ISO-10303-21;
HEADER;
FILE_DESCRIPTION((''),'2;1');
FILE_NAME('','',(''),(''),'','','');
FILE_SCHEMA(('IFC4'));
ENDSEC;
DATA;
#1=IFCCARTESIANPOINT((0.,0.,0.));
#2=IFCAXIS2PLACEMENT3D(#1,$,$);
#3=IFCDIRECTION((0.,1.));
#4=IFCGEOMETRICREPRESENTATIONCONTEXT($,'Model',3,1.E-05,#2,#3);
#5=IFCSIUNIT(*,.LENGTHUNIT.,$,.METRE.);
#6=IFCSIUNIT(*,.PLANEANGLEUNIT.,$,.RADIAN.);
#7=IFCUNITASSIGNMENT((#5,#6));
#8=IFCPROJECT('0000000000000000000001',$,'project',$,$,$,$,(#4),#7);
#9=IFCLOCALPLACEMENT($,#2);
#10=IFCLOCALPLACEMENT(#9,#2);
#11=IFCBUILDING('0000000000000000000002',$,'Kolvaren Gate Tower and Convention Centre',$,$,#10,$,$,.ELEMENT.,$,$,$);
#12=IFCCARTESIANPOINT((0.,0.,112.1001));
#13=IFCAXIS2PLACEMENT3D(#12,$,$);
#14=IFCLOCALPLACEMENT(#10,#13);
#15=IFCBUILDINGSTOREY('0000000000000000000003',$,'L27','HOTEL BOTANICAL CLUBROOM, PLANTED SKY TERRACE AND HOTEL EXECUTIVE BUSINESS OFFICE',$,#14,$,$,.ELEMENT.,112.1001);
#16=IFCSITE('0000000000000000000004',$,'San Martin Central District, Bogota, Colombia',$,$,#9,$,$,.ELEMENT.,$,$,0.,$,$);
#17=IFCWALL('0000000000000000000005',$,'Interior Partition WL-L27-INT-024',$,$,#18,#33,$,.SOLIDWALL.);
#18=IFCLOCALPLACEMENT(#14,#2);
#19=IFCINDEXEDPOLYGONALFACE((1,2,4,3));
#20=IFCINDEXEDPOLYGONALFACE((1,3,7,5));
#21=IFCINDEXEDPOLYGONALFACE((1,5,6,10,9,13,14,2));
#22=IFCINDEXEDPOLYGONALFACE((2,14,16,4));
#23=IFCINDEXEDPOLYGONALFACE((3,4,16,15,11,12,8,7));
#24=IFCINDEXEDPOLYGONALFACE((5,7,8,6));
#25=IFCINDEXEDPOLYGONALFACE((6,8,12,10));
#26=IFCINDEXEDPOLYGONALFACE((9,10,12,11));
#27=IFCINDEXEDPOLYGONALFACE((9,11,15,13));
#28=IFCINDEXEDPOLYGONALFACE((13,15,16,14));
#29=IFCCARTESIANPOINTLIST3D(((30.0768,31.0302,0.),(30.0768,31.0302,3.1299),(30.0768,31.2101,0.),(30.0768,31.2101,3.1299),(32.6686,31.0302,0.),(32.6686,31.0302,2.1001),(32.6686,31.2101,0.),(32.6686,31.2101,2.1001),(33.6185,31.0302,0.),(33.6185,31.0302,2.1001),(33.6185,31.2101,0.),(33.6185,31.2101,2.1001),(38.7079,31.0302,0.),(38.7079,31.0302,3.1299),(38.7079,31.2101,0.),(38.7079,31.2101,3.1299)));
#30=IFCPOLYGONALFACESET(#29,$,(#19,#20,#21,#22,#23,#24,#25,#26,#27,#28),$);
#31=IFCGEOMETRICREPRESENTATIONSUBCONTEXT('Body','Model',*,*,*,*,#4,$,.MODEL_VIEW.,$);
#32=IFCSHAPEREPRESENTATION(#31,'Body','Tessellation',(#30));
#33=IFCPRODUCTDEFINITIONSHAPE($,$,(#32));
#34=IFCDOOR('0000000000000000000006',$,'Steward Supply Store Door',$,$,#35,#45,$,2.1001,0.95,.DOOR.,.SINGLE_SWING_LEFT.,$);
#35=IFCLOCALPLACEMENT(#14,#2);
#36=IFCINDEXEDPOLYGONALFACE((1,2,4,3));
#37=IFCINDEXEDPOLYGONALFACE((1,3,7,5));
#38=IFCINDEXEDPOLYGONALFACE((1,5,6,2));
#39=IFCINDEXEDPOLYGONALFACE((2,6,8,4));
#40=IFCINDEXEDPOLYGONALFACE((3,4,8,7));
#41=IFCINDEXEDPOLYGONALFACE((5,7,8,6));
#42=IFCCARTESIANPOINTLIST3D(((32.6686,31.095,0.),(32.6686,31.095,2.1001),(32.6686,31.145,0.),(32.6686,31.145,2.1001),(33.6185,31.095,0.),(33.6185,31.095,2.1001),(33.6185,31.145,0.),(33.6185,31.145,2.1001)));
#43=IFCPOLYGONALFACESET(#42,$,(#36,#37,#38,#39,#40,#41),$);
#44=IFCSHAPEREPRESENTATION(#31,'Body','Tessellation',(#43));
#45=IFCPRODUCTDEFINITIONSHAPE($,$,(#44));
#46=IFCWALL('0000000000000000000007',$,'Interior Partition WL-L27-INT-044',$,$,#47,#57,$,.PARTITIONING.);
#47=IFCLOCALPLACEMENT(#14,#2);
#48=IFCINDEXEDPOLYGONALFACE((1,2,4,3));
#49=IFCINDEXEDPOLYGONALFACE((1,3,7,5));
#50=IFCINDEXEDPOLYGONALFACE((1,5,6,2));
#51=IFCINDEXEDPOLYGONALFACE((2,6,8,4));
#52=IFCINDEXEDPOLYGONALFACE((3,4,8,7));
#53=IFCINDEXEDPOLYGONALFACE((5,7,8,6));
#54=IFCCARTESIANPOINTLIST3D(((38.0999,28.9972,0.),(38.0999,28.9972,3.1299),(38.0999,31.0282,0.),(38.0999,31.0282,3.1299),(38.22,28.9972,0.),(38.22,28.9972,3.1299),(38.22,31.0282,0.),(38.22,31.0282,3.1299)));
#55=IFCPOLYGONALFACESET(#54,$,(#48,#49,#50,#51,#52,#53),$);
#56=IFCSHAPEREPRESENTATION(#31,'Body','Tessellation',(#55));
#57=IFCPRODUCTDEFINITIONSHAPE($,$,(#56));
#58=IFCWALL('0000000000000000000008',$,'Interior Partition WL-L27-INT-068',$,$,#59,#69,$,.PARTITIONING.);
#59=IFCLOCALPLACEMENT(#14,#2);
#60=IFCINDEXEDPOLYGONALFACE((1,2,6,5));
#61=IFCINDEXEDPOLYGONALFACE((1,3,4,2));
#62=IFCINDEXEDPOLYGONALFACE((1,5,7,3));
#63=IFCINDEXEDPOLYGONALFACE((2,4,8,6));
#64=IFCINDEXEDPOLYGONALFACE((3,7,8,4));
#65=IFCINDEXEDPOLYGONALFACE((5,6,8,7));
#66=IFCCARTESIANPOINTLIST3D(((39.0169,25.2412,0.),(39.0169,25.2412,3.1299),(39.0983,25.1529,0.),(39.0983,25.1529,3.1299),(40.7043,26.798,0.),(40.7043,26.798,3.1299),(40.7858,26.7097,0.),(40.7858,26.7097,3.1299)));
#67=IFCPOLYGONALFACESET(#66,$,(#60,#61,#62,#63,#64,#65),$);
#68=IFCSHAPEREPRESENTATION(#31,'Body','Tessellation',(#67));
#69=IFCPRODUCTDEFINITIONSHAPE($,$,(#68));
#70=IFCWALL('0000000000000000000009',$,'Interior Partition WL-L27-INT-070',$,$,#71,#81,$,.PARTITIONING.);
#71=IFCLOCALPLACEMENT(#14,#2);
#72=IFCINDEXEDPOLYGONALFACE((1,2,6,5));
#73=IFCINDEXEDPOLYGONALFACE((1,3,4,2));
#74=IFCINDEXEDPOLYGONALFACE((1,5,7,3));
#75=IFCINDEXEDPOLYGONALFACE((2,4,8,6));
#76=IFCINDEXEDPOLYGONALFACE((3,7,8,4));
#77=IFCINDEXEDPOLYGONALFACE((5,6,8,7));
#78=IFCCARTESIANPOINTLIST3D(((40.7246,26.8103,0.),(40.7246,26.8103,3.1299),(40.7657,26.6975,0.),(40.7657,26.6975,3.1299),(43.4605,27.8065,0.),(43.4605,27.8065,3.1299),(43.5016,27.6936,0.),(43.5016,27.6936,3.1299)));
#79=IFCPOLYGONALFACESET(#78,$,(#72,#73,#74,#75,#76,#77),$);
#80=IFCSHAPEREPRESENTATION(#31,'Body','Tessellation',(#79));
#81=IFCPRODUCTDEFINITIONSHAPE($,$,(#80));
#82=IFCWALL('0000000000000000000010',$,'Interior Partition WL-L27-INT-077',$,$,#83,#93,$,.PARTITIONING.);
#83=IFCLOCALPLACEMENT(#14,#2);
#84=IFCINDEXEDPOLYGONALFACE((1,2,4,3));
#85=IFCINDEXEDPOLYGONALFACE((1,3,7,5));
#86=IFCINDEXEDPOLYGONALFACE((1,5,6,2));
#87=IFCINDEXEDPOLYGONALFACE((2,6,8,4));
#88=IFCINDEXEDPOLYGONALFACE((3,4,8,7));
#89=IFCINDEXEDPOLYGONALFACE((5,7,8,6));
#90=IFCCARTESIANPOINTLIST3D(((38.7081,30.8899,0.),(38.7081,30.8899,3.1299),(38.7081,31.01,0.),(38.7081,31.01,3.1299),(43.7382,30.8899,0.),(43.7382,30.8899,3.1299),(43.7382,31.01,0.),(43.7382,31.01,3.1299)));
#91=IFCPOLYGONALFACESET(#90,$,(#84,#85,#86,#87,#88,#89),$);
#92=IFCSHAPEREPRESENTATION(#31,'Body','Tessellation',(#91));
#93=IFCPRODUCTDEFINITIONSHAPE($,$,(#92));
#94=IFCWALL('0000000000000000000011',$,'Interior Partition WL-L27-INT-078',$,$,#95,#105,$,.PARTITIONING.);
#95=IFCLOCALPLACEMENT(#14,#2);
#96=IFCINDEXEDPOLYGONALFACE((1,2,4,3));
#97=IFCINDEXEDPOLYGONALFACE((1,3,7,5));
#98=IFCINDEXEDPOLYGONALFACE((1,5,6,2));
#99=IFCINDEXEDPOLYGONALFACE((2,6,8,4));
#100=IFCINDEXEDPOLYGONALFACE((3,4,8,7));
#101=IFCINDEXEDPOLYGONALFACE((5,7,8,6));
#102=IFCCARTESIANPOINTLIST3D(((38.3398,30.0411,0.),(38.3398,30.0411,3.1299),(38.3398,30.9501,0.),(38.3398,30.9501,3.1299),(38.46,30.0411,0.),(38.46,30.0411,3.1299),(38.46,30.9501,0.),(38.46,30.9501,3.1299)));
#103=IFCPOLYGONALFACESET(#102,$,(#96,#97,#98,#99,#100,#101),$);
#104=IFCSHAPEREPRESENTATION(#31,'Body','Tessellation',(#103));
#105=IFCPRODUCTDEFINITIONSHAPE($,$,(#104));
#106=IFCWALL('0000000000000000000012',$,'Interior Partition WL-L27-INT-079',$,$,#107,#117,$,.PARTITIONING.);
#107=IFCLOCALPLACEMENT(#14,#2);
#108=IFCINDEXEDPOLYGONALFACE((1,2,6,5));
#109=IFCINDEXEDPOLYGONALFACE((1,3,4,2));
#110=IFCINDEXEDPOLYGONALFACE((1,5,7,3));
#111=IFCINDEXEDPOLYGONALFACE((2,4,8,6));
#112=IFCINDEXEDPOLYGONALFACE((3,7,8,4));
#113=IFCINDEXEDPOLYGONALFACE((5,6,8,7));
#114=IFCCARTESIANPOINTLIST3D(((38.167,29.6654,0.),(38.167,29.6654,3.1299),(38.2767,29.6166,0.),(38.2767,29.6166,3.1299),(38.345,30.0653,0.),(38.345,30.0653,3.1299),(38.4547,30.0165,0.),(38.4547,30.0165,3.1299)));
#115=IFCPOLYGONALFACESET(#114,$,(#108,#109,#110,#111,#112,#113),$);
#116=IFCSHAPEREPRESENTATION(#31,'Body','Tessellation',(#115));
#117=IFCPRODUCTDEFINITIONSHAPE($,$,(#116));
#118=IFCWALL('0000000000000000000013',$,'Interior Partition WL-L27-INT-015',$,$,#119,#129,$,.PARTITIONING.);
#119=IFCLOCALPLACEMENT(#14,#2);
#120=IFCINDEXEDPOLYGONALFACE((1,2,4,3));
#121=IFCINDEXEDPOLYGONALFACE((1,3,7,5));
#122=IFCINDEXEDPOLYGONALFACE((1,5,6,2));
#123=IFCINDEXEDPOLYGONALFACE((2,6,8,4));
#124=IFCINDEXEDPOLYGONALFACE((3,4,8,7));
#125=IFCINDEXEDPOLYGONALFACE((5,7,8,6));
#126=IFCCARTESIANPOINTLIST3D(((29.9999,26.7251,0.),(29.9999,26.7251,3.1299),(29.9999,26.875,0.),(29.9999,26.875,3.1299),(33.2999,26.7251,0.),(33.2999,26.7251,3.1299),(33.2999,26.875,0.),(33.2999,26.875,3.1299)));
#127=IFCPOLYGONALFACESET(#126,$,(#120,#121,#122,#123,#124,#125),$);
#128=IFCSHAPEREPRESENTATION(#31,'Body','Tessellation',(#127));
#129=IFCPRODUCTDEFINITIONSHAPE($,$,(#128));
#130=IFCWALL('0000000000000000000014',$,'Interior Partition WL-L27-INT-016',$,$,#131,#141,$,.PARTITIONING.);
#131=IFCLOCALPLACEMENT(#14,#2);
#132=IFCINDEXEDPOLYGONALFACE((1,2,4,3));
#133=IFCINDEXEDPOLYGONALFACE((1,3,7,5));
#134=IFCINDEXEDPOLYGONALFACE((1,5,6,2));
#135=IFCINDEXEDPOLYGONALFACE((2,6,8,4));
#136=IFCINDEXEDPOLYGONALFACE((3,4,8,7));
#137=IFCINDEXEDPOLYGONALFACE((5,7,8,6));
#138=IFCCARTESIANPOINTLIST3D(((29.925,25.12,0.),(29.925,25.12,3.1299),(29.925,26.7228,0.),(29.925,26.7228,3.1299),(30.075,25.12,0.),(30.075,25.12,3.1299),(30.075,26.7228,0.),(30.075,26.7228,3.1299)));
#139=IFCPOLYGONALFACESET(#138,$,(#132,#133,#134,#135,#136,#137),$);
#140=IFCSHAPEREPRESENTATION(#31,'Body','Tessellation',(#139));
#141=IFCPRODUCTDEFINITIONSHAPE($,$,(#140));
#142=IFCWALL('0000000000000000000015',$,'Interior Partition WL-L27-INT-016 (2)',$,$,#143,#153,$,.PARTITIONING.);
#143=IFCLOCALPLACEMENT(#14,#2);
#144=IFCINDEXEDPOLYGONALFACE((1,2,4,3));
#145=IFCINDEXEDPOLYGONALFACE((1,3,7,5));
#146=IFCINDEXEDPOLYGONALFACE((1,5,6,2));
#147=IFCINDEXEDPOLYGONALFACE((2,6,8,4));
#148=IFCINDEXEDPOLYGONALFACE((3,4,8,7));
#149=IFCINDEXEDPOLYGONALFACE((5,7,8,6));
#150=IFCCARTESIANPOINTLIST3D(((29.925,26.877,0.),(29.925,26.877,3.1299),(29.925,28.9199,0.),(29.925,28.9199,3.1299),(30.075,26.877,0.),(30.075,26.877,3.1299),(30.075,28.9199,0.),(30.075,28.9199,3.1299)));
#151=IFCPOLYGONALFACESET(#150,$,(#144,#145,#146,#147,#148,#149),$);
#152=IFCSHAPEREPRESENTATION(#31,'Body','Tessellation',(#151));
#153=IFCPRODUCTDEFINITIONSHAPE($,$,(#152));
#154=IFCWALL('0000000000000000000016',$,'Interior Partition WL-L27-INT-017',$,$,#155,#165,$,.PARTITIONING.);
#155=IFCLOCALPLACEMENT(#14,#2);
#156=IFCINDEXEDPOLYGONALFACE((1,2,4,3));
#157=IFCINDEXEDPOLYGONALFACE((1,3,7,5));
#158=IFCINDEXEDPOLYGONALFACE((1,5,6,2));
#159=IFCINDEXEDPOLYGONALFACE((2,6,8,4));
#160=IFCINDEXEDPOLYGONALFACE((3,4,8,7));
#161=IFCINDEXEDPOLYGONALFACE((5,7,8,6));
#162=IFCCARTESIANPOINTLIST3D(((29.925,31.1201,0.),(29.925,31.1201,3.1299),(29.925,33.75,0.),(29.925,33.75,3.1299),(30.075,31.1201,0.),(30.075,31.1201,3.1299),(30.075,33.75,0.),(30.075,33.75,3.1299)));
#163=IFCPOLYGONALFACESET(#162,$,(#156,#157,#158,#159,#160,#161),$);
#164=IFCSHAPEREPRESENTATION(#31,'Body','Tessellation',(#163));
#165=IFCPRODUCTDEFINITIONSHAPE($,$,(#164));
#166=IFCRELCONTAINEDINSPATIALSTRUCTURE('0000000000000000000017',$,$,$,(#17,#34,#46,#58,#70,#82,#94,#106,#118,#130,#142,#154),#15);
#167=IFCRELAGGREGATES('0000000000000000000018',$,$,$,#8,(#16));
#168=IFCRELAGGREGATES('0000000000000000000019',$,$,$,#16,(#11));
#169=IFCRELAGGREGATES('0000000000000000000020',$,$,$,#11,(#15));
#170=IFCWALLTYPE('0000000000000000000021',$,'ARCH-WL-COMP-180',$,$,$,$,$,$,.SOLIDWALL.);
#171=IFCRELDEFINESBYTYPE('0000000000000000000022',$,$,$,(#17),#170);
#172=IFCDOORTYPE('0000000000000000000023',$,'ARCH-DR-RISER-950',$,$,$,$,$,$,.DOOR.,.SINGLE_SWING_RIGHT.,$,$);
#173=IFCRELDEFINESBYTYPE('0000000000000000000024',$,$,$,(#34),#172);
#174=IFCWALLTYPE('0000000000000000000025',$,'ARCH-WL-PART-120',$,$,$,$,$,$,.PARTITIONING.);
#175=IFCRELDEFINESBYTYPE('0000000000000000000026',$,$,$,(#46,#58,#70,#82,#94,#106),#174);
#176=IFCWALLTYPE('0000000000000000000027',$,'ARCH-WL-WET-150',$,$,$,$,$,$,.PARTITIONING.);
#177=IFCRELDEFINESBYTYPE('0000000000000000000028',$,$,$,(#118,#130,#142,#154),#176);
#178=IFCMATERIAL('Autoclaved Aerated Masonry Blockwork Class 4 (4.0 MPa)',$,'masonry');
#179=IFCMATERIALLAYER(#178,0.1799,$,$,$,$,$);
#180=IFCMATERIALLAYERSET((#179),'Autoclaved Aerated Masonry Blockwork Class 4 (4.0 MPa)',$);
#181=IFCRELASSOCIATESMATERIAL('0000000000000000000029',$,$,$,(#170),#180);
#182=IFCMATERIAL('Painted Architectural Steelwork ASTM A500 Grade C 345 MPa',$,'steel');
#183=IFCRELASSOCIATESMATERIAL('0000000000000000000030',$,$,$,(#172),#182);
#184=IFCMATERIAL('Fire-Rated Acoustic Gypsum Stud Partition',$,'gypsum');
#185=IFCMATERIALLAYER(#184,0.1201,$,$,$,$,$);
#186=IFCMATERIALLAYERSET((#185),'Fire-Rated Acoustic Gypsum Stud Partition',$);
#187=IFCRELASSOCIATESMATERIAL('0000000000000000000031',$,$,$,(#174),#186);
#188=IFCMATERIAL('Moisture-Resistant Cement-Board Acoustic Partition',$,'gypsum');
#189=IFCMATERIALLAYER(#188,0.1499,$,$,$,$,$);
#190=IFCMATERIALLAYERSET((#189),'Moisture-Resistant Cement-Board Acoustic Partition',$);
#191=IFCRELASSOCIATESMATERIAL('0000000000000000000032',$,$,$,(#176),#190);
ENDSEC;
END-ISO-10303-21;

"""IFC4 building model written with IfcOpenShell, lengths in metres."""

from ifc_helpers import new_model, si_unit, direction, frame, frame_2d, origin, place, context, subcontext, project, spatial, rectangle, extrude, material, layer, layer_set, type_object, element, fill, save


model = new_model("IFC4")

# Units and contexts
model_context = context("Model", 3, precision=1e-05, world=origin(), true_north=direction((0.0, 1.0)))
body_context = subcontext(model_context, "Body", "Model", "MODEL_VIEW")
ifc_project = project(units=[si_unit("LENGTHUNIT", "METRE"), si_unit("PLANEANGLEUNIT", "RADIAN")], contexts=[model_context])

# Site, building, storey
site_placement = place(None, origin())
site = spatial("IfcSite", under=ifc_project, at=site_placement, Name="San Martin Central District, Bogota, Colombia", CompositionType="ELEMENT", RefElevation=0.0)
building_placement = place(site_placement, origin())
building = spatial("IfcBuilding", under=site, at=building_placement, Name="Kolvaren Gate Tower and Convention Centre", CompositionType="ELEMENT")
storey_placement = place(building_placement, frame((0.0, 0.0, 112.1001)))
storey = spatial("IfcBuildingStorey", under=building, at=storey_placement, Name="L27", Description="HOTEL BOTANICAL CLUBROOM, PLANTED SKY TERRACE AND HOTEL EXECUTIVE BUSINESS OFFICE", CompositionType="ELEMENT", Elevation=112.1001)

# Wall, opening, door
ifc_material_1 = material(Name="Autoclaved Aerated Masonry Blockwork Class 4 (4.0 MPa)", Category="masonry")
ifc_layer_1 = layer(ifc_material_1, 0.1799)
ifc_layer_set_1 = layer_set([ifc_layer_1], Name="Autoclaved Aerated Masonry Blockwork Class 4 (4.0 MPa)")
wall_type_1 = type_object("IfcWallType", Name="ARCH-WL-COMP-180", PredefinedType="SOLIDWALL", material=ifc_layer_set_1)
wall_1_placement = place(storey_placement, frame((30.0769, 31.1201, 0.0), z_axis=(0.0, 0.0, 1.0), x_axis=(1.0, 0.0, 0.0)))
wall_1 = element("IfcWall", 1, at=wall_1_placement, inside=storey, type_object=wall_type_1, Name="Interior Partition WL-L27-INT-024", PredefinedType="SOLIDWALL", context=body_context, shape_type="SweptSolid", body=[
    extrude(rectangle(XDim=8.6311, YDim=0.1799, at=frame_2d((4.3154, 0.0))), origin(), (0.0, 0.0, 1.0), 3.1299),
])
opening_1_placement = place(wall_1_placement, frame((2.5916, 0.0, 0.0)))
opening_1 = element("IfcOpeningElement", 2, at=opening_1_placement, cuts=wall_1, PredefinedType="OPENING", context=body_context, shape_type="SweptSolid", body=[
    extrude(rectangle(XDim=0.95, YDim=2.1001, at=frame_2d((0.4751, 1.05))), frame((0.0, 0.0999, 0.0), z_axis=(0.0, -1.0, 0.0), x_axis=(1.0, 0.0, 0.0)), (0.0, 0.0, 1.0), 0.2),
])
ifc_material_2 = material(Name="Painted Architectural Steelwork ASTM A500 Grade C 345 MPa", Category="steel")
door_type = type_object("IfcDoorType", Name="ARCH-DR-RISER-950", OperationType="SINGLE_SWING_RIGHT", PredefinedType="DOOR", material=ifc_material_2)
door_1_placement = place(opening_1_placement, origin())
door_1 = element("IfcDoor", 3, at=door_1_placement, inside=storey, type_object=door_type, Name="Steward Supply Store Door", OperationType="SINGLE_SWING_LEFT", OverallHeight=2.1001, OverallWidth=0.95, PredefinedType="DOOR", context=body_context, shape_type="SweptSolid", body=[
    extrude(rectangle(XDim=0.95, YDim=2.1001, at=frame_2d((0.4751, 1.05))), frame((0.0, 0.0249, 0.0), z_axis=(0.0, -1.0, 0.0), x_axis=(1.0, 0.0, 0.0)), (0.0, 0.0, 1.0), 0.05),
])
fill(opening_1, door_1)

# Walls
ifc_material_3 = material(Name="Fire-Rated Acoustic Gypsum Stud Partition", Category="gypsum")
ifc_layer_2 = layer(ifc_material_3, 0.1201)
ifc_layer_set_2 = layer_set([ifc_layer_2], Name="Fire-Rated Acoustic Gypsum Stud Partition")
wall_type_2 = type_object("IfcWallType", Name="ARCH-WL-PART-120", PredefinedType="PARTITIONING", material=ifc_layer_set_2)
wall_2_placement = place(storey_placement, frame((38.1599, 28.9971, 0.0), z_axis=(0.0, 0.0, 1.0), x_axis=(0.0, 1.0, 0.0)))
element("IfcWall", 4, at=wall_2_placement, inside=storey, type_object=wall_type_2, Name="Interior Partition WL-L27-INT-044", PredefinedType="PARTITIONING", context=body_context, shape_type="SweptSolid", body=[
    extrude(rectangle(XDim=2.031, YDim=0.1201, at=frame_2d((1.0156, 0.0))), origin(), (0.0, 0.0, 1.0), 3.1299),
])
wall_3_placement = place(storey_placement, frame((39.0576, 25.197, 0.0), z_axis=(0.0, 0.0, 1.0), x_axis=(0.734979, 0.67809, 0.0)))
element("IfcWall", 5, at=wall_3_placement, inside=storey, type_object=wall_type_2, Name="Interior Partition WL-L27-INT-068", PredefinedType="PARTITIONING", context=body_context, shape_type="SweptSolid", body=[
    extrude(rectangle(XDim=2.2959, YDim=0.1201, at=frame_2d((1.1479, 0.0))), origin(), (0.0, 0.0, 1.0), 3.1299),
])
wall_4_placement = place(storey_placement, frame((40.7451, 26.7539, 0.0), z_axis=(0.0, 0.0, 1.0), x_axis=(0.939656, 0.34212, 0.0)))
element("IfcWall", 6, at=wall_4_placement, inside=storey, type_object=wall_type_2, Name="Interior Partition WL-L27-INT-070", PredefinedType="PARTITIONING", context=body_context, shape_type="SweptSolid", body=[
    extrude(rectangle(XDim=2.9116, YDim=0.1201, at=frame_2d((1.4558, 0.0))), origin(), (0.0, 0.0, 1.0), 3.1299),
])
wall_5_placement = place(storey_placement, frame((38.708, 30.95, 0.0), z_axis=(0.0, 0.0, 1.0), x_axis=(1.0, 0.0, 0.0)))
element("IfcWall", 7, at=wall_5_placement, inside=storey, type_object=wall_type_2, Name="Interior Partition WL-L27-INT-077", PredefinedType="PARTITIONING", context=body_context, shape_type="SweptSolid", body=[
    extrude(rectangle(XDim=5.03, YDim=0.1201, at=frame_2d((2.5151, 0.0))), origin(), (0.0, 0.0, 1.0), 3.1299),
])
wall_6_placement = place(storey_placement, frame((38.3999, 30.041, 0.0), z_axis=(0.0, 0.0, 1.0), x_axis=(0.0, 1.0, 0.0)))
element("IfcWall", 8, at=wall_6_placement, inside=storey, type_object=wall_type_2, Name="Interior Partition WL-L27-INT-078", PredefinedType="PARTITIONING", context=body_context, shape_type="SweptSolid", body=[
    extrude(rectangle(XDim=0.9089, YDim=0.1201, at=frame_2d((0.4546, 0.0))), origin(), (0.0, 0.0, 1.0), 3.1299),
])
wall_7_placement = place(storey_placement, frame((38.2219, 29.6411, 0.0), z_axis=(0.0, 0.0, 1.0), x_axis=(0.406604, 0.913604, 0.0)))
element("IfcWall", 9, at=wall_7_placement, inside=storey, type_object=wall_type_2, Name="Interior Partition WL-L27-INT-079", PredefinedType="PARTITIONING", context=body_context, shape_type="SweptSolid", body=[
    extrude(rectangle(XDim=0.4377, YDim=0.1201, at=frame_2d((0.2188, 0.0))), origin(), (0.0, 0.0, 1.0), 3.1299),
])
ifc_material_4 = material(Name="Moisture-Resistant Cement-Board Acoustic Partition", Category="gypsum")
ifc_layer_3 = layer(ifc_material_4, 0.1499)
ifc_layer_set_3 = layer_set([ifc_layer_3], Name="Moisture-Resistant Cement-Board Acoustic Partition")
wall_type_3 = type_object("IfcWallType", Name="ARCH-WL-WET-150", PredefinedType="PARTITIONING", material=ifc_layer_set_3)
wall_8_placement = place(storey_placement, frame((30.0, 26.8, 0.0), z_axis=(0.0, 0.0, 1.0), x_axis=(1.0, 0.0, 0.0)))
element("IfcWall", 10, at=wall_8_placement, inside=storey, type_object=wall_type_3, Name="Interior Partition WL-L27-INT-015", PredefinedType="PARTITIONING", context=body_context, shape_type="SweptSolid", body=[
    extrude(rectangle(XDim=3.3, YDim=0.1499, at=frame_2d((1.6499, 0.0))), origin(), (0.0, 0.0, 1.0), 3.1299),
])
wall_9_placement = place(storey_placement, frame((30.0, 25.1201, 0.0), z_axis=(0.0, 0.0, 1.0), x_axis=(0.0, 1.0, 0.0)))
element("IfcWall", 11, at=wall_9_placement, inside=storey, type_object=wall_type_3, Name="Interior Partition WL-L27-INT-016", PredefinedType="PARTITIONING", context=body_context, shape_type="SweptSolid", body=[
    extrude(rectangle(XDim=1.6028, YDim=0.1499, at=frame_2d((0.8013, 0.0))), origin(), (0.0, 0.0, 1.0), 3.1299),
])
wall_10_placement = place(storey_placement, frame((30.0, 26.877, 0.0), z_axis=(0.0, 0.0, 1.0), x_axis=(0.0, 1.0, 0.0)))
element("IfcWall", 12, at=wall_10_placement, inside=storey, type_object=wall_type_3, Name="Interior Partition WL-L27-INT-016 (2)", PredefinedType="PARTITIONING", context=body_context, shape_type="SweptSolid", body=[
    extrude(rectangle(XDim=2.043, YDim=0.1499, at=frame_2d((1.0215, 0.0))), origin(), (0.0, 0.0, 1.0), 3.1299),
])
wall_11_placement = place(storey_placement, frame((30.0, 31.1201, 0.0), z_axis=(0.0, 0.0, 1.0), x_axis=(0.0, 1.0, 0.0)))
element("IfcWall", 13, at=wall_11_placement, inside=storey, type_object=wall_type_3, Name="Interior Partition WL-L27-INT-017", PredefinedType="PARTITIONING", context=body_context, shape_type="SweptSolid", body=[
    extrude(rectangle(XDim=2.6299, YDim=0.1499, at=frame_2d((1.3149, 0.0))), origin(), (0.0, 0.0, 1.0), 3.1299),
])

save(model, "model.ifc")
